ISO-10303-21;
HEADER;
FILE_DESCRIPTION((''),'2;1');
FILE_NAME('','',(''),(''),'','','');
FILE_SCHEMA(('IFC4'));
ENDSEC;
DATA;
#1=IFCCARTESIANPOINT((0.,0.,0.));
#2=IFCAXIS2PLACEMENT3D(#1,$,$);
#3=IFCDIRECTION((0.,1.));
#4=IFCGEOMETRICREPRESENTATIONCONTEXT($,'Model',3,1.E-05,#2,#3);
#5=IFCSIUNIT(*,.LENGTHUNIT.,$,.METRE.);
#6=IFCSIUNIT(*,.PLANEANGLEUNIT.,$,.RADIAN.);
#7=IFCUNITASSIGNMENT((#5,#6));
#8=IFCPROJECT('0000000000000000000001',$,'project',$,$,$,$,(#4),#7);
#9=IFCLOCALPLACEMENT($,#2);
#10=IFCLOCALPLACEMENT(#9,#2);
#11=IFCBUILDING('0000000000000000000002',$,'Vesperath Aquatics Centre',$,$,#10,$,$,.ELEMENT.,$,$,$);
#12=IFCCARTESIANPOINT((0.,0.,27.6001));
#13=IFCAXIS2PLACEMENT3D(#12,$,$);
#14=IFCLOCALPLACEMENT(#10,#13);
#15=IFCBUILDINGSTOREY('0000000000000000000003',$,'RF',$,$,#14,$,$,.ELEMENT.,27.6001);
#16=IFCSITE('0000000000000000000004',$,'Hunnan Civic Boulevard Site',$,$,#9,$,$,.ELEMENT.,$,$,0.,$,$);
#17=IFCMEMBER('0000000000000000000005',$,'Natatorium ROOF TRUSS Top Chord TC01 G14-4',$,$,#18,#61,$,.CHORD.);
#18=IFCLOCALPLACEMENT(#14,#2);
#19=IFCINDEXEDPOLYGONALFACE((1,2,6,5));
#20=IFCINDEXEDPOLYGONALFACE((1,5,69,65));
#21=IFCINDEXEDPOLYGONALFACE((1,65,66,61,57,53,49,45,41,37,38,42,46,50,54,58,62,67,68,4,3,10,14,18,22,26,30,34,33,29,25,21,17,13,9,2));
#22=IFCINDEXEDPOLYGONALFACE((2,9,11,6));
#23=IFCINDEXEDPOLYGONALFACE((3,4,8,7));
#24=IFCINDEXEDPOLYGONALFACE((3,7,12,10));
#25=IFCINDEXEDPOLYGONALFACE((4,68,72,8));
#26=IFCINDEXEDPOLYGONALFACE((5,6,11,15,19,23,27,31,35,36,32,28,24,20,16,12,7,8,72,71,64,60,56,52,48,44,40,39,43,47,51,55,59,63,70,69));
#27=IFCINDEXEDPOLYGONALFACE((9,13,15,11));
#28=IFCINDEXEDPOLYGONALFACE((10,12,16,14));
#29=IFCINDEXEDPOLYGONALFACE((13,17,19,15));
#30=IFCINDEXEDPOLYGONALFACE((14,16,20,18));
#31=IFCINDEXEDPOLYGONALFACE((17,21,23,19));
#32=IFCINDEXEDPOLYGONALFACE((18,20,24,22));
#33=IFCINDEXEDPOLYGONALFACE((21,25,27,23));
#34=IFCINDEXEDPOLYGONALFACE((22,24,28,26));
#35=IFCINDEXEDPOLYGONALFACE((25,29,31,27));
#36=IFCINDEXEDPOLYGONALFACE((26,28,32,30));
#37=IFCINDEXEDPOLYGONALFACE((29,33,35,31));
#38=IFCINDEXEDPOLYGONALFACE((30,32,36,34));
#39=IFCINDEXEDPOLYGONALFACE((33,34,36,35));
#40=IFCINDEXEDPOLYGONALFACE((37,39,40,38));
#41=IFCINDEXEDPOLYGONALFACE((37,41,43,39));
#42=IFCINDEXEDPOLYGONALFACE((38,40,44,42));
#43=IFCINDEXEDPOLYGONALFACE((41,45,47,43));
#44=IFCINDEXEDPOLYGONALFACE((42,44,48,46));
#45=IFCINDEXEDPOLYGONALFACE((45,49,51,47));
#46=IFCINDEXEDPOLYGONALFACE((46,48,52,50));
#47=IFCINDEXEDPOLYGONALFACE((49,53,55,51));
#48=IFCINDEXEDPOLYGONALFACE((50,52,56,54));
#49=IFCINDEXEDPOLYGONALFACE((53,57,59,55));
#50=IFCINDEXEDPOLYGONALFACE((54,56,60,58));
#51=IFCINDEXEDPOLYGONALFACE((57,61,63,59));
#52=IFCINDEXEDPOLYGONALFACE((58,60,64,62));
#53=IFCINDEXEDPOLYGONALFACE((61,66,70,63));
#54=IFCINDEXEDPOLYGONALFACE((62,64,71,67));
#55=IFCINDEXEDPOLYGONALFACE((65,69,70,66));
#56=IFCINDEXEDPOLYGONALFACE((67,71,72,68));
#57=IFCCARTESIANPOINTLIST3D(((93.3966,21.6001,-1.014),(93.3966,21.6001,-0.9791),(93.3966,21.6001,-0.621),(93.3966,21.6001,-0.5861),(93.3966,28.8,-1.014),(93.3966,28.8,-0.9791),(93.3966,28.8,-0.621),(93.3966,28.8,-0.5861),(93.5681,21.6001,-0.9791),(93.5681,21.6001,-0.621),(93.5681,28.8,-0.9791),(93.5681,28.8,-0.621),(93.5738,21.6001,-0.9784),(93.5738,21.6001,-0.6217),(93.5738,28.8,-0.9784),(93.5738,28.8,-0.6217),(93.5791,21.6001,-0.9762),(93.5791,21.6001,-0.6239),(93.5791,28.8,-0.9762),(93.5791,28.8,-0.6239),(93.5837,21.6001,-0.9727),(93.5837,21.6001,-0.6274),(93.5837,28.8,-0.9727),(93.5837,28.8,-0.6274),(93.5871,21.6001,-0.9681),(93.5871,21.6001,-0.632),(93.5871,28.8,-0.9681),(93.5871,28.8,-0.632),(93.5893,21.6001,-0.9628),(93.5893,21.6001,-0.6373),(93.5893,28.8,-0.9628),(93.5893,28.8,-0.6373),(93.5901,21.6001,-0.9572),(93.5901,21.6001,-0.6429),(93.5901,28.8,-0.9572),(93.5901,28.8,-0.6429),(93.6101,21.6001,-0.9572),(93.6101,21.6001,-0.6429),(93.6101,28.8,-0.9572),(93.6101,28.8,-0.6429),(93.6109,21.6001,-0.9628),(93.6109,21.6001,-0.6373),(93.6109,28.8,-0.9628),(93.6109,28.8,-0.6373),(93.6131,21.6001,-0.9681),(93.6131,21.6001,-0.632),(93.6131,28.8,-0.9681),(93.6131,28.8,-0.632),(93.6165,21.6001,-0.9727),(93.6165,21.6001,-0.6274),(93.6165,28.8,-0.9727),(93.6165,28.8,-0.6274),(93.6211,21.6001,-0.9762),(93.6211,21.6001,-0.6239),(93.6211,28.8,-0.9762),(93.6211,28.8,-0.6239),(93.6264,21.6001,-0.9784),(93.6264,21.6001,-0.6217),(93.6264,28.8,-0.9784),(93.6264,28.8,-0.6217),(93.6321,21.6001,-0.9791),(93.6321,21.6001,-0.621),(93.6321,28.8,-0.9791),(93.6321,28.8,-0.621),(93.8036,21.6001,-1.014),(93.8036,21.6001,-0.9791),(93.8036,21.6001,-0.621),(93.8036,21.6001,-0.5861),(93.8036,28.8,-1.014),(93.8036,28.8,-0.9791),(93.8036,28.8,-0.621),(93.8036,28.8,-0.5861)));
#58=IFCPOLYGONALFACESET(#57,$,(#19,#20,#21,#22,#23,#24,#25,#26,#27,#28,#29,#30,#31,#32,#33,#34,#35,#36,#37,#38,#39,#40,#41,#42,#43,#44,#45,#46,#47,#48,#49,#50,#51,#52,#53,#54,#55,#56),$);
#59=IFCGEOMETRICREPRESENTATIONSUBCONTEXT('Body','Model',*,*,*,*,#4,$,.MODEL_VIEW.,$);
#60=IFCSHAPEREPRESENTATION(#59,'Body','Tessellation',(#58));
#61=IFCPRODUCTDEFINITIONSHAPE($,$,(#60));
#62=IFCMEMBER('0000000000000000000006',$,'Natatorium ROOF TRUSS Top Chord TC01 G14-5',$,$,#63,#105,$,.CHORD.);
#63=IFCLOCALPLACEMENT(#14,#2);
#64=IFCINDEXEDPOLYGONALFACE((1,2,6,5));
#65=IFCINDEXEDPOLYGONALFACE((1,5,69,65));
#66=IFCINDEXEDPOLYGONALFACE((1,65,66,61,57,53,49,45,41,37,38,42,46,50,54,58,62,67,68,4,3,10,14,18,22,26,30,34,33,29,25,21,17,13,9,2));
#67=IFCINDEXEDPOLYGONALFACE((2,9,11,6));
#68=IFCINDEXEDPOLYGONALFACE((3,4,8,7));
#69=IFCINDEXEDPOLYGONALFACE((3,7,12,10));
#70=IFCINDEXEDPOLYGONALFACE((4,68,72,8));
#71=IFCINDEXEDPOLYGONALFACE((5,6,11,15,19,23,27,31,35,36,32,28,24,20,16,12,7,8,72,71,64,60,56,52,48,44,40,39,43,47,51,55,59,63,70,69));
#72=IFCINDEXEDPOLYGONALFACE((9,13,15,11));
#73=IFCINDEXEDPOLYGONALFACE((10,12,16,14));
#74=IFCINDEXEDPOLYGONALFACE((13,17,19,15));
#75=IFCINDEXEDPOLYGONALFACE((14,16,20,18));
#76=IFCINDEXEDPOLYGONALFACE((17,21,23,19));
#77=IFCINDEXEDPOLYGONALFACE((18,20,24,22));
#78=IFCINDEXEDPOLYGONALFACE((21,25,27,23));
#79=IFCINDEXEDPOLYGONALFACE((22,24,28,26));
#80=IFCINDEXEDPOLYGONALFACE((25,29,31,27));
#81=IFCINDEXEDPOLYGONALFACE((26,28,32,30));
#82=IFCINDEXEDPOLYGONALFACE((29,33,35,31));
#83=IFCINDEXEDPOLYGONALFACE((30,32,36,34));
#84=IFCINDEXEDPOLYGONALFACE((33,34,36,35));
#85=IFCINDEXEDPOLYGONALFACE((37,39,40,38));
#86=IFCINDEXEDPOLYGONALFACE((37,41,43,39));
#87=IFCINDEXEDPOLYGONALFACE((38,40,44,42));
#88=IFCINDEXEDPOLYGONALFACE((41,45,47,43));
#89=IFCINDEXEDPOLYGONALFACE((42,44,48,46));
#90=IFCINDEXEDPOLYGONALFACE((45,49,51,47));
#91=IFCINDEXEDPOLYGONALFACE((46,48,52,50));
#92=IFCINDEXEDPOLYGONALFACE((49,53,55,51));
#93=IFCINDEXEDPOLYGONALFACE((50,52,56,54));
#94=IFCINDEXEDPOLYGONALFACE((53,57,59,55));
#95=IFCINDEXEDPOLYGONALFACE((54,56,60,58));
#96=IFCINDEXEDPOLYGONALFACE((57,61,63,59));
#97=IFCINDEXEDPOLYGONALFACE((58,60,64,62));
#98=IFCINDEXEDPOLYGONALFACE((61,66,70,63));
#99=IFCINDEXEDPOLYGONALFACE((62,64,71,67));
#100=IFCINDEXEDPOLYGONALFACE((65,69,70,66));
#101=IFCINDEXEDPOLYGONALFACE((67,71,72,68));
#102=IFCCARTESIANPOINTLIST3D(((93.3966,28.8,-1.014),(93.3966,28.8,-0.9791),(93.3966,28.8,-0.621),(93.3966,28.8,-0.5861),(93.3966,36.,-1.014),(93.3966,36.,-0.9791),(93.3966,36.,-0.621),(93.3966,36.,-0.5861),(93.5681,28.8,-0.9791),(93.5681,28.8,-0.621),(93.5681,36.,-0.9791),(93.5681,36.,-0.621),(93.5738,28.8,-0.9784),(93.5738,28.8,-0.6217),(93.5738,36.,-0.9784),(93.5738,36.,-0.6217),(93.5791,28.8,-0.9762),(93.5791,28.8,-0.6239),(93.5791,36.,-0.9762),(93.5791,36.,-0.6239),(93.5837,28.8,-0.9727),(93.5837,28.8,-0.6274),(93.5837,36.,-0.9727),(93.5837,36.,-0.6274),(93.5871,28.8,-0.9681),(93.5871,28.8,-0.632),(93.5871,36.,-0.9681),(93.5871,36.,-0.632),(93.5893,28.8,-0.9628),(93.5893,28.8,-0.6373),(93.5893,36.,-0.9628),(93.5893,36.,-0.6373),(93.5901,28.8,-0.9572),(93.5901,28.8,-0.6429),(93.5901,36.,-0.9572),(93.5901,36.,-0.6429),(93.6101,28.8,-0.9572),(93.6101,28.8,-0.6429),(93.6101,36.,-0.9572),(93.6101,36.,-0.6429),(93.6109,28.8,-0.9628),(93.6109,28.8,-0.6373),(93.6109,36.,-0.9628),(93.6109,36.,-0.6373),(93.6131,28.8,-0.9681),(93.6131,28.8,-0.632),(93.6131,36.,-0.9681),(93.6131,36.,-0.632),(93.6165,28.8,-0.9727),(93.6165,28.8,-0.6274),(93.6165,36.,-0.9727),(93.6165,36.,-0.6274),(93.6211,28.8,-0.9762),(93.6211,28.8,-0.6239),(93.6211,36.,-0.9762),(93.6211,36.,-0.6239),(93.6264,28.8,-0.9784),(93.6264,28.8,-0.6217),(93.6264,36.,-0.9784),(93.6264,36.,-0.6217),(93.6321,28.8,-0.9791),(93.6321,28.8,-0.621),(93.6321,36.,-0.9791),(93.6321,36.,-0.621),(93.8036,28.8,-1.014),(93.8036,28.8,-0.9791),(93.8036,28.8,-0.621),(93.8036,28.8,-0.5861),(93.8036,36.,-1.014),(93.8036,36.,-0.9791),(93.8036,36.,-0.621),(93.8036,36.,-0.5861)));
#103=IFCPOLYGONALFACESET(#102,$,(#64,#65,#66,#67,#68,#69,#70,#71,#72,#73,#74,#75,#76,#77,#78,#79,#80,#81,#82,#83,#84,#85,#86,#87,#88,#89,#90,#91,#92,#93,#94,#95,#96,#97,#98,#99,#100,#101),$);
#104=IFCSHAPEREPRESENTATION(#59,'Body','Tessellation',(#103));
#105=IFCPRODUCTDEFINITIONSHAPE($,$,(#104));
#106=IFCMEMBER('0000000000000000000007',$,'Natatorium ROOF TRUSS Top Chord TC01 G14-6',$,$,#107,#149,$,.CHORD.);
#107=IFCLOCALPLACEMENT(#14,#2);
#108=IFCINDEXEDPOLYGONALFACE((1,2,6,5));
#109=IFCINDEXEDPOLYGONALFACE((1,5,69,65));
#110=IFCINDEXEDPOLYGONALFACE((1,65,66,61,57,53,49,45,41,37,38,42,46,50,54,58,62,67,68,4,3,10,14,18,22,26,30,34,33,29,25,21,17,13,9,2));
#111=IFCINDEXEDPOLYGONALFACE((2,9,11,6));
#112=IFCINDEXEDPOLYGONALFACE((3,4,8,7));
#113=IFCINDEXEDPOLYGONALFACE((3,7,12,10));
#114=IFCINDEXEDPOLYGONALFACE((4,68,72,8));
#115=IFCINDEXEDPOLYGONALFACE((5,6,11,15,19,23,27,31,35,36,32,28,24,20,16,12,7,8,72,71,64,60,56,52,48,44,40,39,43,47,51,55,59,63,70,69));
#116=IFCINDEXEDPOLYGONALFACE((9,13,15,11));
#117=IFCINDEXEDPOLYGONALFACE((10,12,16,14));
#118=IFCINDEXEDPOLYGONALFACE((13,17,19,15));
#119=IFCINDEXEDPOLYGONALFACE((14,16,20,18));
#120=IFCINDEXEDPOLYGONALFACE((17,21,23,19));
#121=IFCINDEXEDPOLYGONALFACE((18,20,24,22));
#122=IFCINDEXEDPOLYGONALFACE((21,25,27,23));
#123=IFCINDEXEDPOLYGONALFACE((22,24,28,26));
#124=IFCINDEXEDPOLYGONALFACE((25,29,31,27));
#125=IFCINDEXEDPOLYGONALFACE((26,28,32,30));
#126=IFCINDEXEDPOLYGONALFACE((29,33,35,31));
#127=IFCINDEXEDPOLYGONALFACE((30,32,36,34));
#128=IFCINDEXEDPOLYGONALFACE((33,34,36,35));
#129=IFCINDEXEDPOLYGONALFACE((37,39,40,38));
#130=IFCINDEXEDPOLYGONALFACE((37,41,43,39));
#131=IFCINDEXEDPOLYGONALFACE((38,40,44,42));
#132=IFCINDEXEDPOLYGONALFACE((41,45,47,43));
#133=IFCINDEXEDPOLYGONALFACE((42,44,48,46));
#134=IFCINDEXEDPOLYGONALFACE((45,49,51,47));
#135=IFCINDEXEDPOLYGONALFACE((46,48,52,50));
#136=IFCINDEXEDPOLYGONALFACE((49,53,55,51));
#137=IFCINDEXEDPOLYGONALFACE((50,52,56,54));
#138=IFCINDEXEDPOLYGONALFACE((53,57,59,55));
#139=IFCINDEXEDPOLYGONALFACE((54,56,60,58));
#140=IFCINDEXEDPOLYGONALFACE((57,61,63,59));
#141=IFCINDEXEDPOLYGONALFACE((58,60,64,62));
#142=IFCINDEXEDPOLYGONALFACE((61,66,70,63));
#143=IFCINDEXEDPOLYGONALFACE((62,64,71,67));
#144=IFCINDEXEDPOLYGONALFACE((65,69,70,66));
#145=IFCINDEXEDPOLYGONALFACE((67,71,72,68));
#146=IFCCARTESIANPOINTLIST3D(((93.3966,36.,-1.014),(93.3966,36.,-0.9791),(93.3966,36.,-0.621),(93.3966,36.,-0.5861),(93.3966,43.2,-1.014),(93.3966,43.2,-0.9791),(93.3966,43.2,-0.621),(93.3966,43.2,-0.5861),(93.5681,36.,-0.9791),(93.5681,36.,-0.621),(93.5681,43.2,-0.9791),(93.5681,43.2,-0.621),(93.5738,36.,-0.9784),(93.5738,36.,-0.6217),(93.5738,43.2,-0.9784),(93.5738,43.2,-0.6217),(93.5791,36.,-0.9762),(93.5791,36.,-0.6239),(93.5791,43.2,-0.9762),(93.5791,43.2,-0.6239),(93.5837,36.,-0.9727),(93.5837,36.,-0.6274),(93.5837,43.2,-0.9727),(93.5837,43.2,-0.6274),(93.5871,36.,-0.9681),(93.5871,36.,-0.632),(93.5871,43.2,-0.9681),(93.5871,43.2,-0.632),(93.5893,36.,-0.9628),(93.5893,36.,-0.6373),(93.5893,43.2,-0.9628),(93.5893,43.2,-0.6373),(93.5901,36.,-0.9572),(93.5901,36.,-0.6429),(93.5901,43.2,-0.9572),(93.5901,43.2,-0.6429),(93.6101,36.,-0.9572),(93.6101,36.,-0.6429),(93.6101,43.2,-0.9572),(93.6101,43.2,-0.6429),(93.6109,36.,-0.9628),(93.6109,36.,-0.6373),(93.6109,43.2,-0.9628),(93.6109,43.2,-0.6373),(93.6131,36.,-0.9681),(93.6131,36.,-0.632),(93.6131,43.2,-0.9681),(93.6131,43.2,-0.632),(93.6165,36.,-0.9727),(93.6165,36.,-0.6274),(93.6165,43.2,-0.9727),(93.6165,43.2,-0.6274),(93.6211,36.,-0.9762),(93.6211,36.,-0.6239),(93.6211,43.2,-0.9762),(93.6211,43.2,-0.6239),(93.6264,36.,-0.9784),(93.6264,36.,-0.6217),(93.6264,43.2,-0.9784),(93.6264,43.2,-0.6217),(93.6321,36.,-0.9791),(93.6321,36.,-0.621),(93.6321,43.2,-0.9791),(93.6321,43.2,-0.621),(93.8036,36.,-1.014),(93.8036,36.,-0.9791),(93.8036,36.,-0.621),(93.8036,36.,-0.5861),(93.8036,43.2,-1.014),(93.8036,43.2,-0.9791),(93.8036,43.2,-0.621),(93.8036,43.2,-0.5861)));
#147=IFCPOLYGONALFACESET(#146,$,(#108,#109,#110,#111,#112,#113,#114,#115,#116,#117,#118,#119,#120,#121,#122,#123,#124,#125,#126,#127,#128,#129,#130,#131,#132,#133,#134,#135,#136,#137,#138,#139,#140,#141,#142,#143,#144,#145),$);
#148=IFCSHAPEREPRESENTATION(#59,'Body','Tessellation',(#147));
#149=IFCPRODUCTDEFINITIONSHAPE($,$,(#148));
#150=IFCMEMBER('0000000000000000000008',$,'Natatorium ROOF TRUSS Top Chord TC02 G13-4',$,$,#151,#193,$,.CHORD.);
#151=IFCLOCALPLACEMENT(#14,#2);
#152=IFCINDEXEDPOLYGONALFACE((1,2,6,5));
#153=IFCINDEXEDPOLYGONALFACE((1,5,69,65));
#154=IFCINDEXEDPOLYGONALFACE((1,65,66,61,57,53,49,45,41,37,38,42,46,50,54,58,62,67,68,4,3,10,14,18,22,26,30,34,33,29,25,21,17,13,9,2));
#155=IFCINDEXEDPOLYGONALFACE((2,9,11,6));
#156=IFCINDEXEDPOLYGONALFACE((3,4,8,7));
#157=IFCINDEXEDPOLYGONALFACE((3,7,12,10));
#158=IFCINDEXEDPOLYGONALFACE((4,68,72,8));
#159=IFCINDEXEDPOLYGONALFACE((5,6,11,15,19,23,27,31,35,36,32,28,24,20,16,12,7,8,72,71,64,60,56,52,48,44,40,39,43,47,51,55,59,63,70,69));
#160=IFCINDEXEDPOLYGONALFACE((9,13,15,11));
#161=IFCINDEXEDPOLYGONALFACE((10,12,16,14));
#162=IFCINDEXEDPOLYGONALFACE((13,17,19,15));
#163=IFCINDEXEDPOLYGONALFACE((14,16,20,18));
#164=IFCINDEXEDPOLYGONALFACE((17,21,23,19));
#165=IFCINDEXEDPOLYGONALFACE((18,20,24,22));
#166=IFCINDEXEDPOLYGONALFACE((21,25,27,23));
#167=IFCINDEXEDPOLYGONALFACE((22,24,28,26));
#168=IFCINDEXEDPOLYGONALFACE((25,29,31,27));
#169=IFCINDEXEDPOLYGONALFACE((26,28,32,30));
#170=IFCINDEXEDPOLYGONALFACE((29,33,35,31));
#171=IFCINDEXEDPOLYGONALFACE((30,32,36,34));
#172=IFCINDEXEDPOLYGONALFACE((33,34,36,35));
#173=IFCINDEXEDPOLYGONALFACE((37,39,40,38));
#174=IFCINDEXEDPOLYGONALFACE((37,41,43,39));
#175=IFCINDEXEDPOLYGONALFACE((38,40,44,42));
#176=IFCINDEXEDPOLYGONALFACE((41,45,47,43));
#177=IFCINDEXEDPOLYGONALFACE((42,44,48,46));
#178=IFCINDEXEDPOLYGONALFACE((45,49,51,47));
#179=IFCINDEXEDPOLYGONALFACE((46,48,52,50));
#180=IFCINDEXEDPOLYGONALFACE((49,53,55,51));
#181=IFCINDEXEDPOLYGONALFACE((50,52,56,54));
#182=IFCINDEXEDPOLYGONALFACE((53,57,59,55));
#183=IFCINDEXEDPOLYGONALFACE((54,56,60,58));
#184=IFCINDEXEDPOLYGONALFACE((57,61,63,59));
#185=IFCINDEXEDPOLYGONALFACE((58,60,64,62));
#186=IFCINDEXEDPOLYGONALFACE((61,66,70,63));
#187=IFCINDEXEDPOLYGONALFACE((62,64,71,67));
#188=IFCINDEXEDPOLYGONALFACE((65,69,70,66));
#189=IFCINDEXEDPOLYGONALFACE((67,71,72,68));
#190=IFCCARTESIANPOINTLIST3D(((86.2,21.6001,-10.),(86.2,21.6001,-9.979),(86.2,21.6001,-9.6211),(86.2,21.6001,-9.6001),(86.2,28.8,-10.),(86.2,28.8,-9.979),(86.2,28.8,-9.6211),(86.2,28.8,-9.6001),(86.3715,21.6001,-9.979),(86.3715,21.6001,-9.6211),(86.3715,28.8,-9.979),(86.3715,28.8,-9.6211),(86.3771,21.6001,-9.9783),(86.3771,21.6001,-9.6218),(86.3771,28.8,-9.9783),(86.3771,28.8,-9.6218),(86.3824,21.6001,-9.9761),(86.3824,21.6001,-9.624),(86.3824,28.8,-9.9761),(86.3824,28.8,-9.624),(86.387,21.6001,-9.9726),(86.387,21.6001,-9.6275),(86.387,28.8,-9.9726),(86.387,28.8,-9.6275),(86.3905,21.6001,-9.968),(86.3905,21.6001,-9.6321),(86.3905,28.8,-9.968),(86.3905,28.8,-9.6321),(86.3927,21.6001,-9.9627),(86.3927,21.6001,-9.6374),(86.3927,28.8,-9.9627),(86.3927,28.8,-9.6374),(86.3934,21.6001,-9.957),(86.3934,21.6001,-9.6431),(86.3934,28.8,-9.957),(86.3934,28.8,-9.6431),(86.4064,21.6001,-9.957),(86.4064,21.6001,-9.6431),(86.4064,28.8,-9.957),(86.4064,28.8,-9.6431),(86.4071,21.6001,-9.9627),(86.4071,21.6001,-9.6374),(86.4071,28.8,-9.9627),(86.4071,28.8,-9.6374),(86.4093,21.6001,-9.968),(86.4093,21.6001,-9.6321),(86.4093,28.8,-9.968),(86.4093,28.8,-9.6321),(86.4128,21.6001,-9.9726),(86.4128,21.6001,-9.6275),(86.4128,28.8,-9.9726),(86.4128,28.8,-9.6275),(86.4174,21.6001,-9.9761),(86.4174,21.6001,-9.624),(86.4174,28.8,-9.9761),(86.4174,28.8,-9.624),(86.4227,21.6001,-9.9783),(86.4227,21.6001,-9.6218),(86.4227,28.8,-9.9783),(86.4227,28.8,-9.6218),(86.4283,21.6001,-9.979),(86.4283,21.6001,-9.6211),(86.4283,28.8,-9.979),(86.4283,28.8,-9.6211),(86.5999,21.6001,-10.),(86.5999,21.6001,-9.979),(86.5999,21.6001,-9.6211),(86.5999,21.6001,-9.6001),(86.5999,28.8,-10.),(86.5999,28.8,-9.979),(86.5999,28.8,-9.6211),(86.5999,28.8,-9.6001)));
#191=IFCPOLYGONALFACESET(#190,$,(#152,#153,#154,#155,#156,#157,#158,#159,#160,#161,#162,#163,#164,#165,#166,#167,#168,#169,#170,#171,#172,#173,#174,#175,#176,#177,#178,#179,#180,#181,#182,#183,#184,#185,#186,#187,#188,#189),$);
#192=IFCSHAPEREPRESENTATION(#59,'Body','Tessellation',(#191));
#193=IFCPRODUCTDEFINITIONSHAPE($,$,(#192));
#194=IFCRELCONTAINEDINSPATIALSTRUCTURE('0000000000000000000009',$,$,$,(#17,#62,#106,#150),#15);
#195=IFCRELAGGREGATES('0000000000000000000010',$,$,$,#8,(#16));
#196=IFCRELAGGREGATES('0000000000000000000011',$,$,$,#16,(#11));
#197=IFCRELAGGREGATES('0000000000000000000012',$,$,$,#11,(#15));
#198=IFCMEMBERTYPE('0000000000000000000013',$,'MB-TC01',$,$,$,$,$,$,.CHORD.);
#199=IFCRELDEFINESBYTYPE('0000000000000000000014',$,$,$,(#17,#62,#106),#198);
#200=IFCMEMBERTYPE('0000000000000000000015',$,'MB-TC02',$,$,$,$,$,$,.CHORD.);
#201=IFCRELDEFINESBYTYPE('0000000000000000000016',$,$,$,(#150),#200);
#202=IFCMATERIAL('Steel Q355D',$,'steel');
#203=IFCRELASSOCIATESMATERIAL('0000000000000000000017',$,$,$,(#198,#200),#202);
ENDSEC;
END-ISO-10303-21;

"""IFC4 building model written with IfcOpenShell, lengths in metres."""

from ifc_helpers import new_model, si_unit, direction, frame, origin, origin_2d, place, context, subcontext, project, spatial, i_section, extrude, material, material_profile, profile_set, type_object, element, save


model = new_model("IFC4")

# Units and contexts
model_context = context("Model", 3, precision=1e-05, world=origin(), true_north=direction((0.0, 1.0)))
body_context = subcontext(model_context, "Body", "Model", "MODEL_VIEW")
ifc_project = project(units=[si_unit("LENGTHUNIT", "METRE"), si_unit("PLANEANGLEUNIT", "RADIAN")], contexts=[model_context])

# Site, building, storey
site_placement = place(None, origin())
site = spatial("IfcSite", under=ifc_project, at=site_placement, Name="Hunnan Civic Boulevard Site", CompositionType="ELEMENT", RefElevation=0.0)
building_placement = place(site_placement, origin())
building = spatial("IfcBuilding", under=site, at=building_placement, Name="Vesperath Aquatics Centre", CompositionType="ELEMENT")
storey_placement = place(building_placement, frame((0.0, 0.0, 27.6001)))
storey = spatial("IfcBuildingStorey", under=building, at=storey_placement, Name="RF", CompositionType="ELEMENT", Elevation=27.6001)

# Members
ifc_material_1 = material(Name="Steel Q355D", Category="steel")
ifc_material_profile_1 = material_profile(ifc_material_1, i_section(OverallWidth=0.407, OverallDepth=0.428, WebThickness=0.02, FlangeThickness=0.0349, FilletRadius=0.022, at=origin_2d()), Name="HW 428x407x20x35")
ifc_profile_set_1 = profile_set([ifc_material_profile_1], Name="Steel Q355D")
member_type_1 = type_object("IfcMemberType", Name="MB-TC01", PredefinedType="CHORD", material=ifc_profile_set_1)
for number, where, z_axis, x_axis, name in (
    (1, (93.6001, 21.6001, -0.8), (0.0, 1.0, 0.0), (-1.0, 0.0, 0.0), "Natatorium ROOF TRUSS Top Chord TC01 G14-4"),
    (2, (93.6001, 28.8, -0.8), (0.0, 1.0, 0.0), (-1.0, 0.0, 0.0), "Natatorium ROOF TRUSS Top Chord TC01 G14-5"),
    (3, (93.6001, 36.0, -0.8), (0.0, 1.0, 0.0), (-1.0, 0.0, 0.0), "Natatorium ROOF TRUSS Top Chord TC01 G14-6"),
):
    element("IfcMember", number, at=place(storey_placement, frame(where, z_axis=z_axis, x_axis=x_axis)), inside=storey, type_object=member_type_1, Name=name, PredefinedType="CHORD", context=body_context, shape_type="SweptSolid", body=[
        extrude(i_section(OverallWidth=0.407, OverallDepth=0.428, WebThickness=0.02, FlangeThickness=0.0349, FilletRadius=0.022, at=origin_2d()), origin(), (0.0, 0.0, 1.0), 7.2),
    ])
ifc_material_profile_2 = material_profile(ifc_material_1, i_section(OverallWidth=0.3999, OverallDepth=0.3999, WebThickness=0.0129, FlangeThickness=0.021, FilletRadius=0.022, at=origin_2d()), Name="HW 400x400x13x21")
ifc_profile_set_2 = profile_set([ifc_material_profile_2], Name="Steel Q355D")
member_type_2 = type_object("IfcMemberType", Name="MB-TC02", PredefinedType="CHORD", material=ifc_profile_set_2)
for number, where, z_axis, x_axis, name in (
    (4, (86.3999, 21.6001, -9.8), (0.0, 1.0, 0.0), (-1.0, 0.0, 0.0), "Natatorium ROOF TRUSS Top Chord TC02 G13-4"),
):
    element("IfcMember", number, at=place(storey_placement, frame(where, z_axis=z_axis, x_axis=x_axis)), inside=storey, type_object=member_type_2, Name=name, PredefinedType="CHORD", context=body_context, shape_type="SweptSolid", body=[
        extrude(i_section(OverallWidth=0.3999, OverallDepth=0.3999, WebThickness=0.0129, FlangeThickness=0.021, FilletRadius=0.022, at=origin_2d()), origin(), (0.0, 0.0, 1.0), 7.2),
    ])

save(model, "model.ifc")
